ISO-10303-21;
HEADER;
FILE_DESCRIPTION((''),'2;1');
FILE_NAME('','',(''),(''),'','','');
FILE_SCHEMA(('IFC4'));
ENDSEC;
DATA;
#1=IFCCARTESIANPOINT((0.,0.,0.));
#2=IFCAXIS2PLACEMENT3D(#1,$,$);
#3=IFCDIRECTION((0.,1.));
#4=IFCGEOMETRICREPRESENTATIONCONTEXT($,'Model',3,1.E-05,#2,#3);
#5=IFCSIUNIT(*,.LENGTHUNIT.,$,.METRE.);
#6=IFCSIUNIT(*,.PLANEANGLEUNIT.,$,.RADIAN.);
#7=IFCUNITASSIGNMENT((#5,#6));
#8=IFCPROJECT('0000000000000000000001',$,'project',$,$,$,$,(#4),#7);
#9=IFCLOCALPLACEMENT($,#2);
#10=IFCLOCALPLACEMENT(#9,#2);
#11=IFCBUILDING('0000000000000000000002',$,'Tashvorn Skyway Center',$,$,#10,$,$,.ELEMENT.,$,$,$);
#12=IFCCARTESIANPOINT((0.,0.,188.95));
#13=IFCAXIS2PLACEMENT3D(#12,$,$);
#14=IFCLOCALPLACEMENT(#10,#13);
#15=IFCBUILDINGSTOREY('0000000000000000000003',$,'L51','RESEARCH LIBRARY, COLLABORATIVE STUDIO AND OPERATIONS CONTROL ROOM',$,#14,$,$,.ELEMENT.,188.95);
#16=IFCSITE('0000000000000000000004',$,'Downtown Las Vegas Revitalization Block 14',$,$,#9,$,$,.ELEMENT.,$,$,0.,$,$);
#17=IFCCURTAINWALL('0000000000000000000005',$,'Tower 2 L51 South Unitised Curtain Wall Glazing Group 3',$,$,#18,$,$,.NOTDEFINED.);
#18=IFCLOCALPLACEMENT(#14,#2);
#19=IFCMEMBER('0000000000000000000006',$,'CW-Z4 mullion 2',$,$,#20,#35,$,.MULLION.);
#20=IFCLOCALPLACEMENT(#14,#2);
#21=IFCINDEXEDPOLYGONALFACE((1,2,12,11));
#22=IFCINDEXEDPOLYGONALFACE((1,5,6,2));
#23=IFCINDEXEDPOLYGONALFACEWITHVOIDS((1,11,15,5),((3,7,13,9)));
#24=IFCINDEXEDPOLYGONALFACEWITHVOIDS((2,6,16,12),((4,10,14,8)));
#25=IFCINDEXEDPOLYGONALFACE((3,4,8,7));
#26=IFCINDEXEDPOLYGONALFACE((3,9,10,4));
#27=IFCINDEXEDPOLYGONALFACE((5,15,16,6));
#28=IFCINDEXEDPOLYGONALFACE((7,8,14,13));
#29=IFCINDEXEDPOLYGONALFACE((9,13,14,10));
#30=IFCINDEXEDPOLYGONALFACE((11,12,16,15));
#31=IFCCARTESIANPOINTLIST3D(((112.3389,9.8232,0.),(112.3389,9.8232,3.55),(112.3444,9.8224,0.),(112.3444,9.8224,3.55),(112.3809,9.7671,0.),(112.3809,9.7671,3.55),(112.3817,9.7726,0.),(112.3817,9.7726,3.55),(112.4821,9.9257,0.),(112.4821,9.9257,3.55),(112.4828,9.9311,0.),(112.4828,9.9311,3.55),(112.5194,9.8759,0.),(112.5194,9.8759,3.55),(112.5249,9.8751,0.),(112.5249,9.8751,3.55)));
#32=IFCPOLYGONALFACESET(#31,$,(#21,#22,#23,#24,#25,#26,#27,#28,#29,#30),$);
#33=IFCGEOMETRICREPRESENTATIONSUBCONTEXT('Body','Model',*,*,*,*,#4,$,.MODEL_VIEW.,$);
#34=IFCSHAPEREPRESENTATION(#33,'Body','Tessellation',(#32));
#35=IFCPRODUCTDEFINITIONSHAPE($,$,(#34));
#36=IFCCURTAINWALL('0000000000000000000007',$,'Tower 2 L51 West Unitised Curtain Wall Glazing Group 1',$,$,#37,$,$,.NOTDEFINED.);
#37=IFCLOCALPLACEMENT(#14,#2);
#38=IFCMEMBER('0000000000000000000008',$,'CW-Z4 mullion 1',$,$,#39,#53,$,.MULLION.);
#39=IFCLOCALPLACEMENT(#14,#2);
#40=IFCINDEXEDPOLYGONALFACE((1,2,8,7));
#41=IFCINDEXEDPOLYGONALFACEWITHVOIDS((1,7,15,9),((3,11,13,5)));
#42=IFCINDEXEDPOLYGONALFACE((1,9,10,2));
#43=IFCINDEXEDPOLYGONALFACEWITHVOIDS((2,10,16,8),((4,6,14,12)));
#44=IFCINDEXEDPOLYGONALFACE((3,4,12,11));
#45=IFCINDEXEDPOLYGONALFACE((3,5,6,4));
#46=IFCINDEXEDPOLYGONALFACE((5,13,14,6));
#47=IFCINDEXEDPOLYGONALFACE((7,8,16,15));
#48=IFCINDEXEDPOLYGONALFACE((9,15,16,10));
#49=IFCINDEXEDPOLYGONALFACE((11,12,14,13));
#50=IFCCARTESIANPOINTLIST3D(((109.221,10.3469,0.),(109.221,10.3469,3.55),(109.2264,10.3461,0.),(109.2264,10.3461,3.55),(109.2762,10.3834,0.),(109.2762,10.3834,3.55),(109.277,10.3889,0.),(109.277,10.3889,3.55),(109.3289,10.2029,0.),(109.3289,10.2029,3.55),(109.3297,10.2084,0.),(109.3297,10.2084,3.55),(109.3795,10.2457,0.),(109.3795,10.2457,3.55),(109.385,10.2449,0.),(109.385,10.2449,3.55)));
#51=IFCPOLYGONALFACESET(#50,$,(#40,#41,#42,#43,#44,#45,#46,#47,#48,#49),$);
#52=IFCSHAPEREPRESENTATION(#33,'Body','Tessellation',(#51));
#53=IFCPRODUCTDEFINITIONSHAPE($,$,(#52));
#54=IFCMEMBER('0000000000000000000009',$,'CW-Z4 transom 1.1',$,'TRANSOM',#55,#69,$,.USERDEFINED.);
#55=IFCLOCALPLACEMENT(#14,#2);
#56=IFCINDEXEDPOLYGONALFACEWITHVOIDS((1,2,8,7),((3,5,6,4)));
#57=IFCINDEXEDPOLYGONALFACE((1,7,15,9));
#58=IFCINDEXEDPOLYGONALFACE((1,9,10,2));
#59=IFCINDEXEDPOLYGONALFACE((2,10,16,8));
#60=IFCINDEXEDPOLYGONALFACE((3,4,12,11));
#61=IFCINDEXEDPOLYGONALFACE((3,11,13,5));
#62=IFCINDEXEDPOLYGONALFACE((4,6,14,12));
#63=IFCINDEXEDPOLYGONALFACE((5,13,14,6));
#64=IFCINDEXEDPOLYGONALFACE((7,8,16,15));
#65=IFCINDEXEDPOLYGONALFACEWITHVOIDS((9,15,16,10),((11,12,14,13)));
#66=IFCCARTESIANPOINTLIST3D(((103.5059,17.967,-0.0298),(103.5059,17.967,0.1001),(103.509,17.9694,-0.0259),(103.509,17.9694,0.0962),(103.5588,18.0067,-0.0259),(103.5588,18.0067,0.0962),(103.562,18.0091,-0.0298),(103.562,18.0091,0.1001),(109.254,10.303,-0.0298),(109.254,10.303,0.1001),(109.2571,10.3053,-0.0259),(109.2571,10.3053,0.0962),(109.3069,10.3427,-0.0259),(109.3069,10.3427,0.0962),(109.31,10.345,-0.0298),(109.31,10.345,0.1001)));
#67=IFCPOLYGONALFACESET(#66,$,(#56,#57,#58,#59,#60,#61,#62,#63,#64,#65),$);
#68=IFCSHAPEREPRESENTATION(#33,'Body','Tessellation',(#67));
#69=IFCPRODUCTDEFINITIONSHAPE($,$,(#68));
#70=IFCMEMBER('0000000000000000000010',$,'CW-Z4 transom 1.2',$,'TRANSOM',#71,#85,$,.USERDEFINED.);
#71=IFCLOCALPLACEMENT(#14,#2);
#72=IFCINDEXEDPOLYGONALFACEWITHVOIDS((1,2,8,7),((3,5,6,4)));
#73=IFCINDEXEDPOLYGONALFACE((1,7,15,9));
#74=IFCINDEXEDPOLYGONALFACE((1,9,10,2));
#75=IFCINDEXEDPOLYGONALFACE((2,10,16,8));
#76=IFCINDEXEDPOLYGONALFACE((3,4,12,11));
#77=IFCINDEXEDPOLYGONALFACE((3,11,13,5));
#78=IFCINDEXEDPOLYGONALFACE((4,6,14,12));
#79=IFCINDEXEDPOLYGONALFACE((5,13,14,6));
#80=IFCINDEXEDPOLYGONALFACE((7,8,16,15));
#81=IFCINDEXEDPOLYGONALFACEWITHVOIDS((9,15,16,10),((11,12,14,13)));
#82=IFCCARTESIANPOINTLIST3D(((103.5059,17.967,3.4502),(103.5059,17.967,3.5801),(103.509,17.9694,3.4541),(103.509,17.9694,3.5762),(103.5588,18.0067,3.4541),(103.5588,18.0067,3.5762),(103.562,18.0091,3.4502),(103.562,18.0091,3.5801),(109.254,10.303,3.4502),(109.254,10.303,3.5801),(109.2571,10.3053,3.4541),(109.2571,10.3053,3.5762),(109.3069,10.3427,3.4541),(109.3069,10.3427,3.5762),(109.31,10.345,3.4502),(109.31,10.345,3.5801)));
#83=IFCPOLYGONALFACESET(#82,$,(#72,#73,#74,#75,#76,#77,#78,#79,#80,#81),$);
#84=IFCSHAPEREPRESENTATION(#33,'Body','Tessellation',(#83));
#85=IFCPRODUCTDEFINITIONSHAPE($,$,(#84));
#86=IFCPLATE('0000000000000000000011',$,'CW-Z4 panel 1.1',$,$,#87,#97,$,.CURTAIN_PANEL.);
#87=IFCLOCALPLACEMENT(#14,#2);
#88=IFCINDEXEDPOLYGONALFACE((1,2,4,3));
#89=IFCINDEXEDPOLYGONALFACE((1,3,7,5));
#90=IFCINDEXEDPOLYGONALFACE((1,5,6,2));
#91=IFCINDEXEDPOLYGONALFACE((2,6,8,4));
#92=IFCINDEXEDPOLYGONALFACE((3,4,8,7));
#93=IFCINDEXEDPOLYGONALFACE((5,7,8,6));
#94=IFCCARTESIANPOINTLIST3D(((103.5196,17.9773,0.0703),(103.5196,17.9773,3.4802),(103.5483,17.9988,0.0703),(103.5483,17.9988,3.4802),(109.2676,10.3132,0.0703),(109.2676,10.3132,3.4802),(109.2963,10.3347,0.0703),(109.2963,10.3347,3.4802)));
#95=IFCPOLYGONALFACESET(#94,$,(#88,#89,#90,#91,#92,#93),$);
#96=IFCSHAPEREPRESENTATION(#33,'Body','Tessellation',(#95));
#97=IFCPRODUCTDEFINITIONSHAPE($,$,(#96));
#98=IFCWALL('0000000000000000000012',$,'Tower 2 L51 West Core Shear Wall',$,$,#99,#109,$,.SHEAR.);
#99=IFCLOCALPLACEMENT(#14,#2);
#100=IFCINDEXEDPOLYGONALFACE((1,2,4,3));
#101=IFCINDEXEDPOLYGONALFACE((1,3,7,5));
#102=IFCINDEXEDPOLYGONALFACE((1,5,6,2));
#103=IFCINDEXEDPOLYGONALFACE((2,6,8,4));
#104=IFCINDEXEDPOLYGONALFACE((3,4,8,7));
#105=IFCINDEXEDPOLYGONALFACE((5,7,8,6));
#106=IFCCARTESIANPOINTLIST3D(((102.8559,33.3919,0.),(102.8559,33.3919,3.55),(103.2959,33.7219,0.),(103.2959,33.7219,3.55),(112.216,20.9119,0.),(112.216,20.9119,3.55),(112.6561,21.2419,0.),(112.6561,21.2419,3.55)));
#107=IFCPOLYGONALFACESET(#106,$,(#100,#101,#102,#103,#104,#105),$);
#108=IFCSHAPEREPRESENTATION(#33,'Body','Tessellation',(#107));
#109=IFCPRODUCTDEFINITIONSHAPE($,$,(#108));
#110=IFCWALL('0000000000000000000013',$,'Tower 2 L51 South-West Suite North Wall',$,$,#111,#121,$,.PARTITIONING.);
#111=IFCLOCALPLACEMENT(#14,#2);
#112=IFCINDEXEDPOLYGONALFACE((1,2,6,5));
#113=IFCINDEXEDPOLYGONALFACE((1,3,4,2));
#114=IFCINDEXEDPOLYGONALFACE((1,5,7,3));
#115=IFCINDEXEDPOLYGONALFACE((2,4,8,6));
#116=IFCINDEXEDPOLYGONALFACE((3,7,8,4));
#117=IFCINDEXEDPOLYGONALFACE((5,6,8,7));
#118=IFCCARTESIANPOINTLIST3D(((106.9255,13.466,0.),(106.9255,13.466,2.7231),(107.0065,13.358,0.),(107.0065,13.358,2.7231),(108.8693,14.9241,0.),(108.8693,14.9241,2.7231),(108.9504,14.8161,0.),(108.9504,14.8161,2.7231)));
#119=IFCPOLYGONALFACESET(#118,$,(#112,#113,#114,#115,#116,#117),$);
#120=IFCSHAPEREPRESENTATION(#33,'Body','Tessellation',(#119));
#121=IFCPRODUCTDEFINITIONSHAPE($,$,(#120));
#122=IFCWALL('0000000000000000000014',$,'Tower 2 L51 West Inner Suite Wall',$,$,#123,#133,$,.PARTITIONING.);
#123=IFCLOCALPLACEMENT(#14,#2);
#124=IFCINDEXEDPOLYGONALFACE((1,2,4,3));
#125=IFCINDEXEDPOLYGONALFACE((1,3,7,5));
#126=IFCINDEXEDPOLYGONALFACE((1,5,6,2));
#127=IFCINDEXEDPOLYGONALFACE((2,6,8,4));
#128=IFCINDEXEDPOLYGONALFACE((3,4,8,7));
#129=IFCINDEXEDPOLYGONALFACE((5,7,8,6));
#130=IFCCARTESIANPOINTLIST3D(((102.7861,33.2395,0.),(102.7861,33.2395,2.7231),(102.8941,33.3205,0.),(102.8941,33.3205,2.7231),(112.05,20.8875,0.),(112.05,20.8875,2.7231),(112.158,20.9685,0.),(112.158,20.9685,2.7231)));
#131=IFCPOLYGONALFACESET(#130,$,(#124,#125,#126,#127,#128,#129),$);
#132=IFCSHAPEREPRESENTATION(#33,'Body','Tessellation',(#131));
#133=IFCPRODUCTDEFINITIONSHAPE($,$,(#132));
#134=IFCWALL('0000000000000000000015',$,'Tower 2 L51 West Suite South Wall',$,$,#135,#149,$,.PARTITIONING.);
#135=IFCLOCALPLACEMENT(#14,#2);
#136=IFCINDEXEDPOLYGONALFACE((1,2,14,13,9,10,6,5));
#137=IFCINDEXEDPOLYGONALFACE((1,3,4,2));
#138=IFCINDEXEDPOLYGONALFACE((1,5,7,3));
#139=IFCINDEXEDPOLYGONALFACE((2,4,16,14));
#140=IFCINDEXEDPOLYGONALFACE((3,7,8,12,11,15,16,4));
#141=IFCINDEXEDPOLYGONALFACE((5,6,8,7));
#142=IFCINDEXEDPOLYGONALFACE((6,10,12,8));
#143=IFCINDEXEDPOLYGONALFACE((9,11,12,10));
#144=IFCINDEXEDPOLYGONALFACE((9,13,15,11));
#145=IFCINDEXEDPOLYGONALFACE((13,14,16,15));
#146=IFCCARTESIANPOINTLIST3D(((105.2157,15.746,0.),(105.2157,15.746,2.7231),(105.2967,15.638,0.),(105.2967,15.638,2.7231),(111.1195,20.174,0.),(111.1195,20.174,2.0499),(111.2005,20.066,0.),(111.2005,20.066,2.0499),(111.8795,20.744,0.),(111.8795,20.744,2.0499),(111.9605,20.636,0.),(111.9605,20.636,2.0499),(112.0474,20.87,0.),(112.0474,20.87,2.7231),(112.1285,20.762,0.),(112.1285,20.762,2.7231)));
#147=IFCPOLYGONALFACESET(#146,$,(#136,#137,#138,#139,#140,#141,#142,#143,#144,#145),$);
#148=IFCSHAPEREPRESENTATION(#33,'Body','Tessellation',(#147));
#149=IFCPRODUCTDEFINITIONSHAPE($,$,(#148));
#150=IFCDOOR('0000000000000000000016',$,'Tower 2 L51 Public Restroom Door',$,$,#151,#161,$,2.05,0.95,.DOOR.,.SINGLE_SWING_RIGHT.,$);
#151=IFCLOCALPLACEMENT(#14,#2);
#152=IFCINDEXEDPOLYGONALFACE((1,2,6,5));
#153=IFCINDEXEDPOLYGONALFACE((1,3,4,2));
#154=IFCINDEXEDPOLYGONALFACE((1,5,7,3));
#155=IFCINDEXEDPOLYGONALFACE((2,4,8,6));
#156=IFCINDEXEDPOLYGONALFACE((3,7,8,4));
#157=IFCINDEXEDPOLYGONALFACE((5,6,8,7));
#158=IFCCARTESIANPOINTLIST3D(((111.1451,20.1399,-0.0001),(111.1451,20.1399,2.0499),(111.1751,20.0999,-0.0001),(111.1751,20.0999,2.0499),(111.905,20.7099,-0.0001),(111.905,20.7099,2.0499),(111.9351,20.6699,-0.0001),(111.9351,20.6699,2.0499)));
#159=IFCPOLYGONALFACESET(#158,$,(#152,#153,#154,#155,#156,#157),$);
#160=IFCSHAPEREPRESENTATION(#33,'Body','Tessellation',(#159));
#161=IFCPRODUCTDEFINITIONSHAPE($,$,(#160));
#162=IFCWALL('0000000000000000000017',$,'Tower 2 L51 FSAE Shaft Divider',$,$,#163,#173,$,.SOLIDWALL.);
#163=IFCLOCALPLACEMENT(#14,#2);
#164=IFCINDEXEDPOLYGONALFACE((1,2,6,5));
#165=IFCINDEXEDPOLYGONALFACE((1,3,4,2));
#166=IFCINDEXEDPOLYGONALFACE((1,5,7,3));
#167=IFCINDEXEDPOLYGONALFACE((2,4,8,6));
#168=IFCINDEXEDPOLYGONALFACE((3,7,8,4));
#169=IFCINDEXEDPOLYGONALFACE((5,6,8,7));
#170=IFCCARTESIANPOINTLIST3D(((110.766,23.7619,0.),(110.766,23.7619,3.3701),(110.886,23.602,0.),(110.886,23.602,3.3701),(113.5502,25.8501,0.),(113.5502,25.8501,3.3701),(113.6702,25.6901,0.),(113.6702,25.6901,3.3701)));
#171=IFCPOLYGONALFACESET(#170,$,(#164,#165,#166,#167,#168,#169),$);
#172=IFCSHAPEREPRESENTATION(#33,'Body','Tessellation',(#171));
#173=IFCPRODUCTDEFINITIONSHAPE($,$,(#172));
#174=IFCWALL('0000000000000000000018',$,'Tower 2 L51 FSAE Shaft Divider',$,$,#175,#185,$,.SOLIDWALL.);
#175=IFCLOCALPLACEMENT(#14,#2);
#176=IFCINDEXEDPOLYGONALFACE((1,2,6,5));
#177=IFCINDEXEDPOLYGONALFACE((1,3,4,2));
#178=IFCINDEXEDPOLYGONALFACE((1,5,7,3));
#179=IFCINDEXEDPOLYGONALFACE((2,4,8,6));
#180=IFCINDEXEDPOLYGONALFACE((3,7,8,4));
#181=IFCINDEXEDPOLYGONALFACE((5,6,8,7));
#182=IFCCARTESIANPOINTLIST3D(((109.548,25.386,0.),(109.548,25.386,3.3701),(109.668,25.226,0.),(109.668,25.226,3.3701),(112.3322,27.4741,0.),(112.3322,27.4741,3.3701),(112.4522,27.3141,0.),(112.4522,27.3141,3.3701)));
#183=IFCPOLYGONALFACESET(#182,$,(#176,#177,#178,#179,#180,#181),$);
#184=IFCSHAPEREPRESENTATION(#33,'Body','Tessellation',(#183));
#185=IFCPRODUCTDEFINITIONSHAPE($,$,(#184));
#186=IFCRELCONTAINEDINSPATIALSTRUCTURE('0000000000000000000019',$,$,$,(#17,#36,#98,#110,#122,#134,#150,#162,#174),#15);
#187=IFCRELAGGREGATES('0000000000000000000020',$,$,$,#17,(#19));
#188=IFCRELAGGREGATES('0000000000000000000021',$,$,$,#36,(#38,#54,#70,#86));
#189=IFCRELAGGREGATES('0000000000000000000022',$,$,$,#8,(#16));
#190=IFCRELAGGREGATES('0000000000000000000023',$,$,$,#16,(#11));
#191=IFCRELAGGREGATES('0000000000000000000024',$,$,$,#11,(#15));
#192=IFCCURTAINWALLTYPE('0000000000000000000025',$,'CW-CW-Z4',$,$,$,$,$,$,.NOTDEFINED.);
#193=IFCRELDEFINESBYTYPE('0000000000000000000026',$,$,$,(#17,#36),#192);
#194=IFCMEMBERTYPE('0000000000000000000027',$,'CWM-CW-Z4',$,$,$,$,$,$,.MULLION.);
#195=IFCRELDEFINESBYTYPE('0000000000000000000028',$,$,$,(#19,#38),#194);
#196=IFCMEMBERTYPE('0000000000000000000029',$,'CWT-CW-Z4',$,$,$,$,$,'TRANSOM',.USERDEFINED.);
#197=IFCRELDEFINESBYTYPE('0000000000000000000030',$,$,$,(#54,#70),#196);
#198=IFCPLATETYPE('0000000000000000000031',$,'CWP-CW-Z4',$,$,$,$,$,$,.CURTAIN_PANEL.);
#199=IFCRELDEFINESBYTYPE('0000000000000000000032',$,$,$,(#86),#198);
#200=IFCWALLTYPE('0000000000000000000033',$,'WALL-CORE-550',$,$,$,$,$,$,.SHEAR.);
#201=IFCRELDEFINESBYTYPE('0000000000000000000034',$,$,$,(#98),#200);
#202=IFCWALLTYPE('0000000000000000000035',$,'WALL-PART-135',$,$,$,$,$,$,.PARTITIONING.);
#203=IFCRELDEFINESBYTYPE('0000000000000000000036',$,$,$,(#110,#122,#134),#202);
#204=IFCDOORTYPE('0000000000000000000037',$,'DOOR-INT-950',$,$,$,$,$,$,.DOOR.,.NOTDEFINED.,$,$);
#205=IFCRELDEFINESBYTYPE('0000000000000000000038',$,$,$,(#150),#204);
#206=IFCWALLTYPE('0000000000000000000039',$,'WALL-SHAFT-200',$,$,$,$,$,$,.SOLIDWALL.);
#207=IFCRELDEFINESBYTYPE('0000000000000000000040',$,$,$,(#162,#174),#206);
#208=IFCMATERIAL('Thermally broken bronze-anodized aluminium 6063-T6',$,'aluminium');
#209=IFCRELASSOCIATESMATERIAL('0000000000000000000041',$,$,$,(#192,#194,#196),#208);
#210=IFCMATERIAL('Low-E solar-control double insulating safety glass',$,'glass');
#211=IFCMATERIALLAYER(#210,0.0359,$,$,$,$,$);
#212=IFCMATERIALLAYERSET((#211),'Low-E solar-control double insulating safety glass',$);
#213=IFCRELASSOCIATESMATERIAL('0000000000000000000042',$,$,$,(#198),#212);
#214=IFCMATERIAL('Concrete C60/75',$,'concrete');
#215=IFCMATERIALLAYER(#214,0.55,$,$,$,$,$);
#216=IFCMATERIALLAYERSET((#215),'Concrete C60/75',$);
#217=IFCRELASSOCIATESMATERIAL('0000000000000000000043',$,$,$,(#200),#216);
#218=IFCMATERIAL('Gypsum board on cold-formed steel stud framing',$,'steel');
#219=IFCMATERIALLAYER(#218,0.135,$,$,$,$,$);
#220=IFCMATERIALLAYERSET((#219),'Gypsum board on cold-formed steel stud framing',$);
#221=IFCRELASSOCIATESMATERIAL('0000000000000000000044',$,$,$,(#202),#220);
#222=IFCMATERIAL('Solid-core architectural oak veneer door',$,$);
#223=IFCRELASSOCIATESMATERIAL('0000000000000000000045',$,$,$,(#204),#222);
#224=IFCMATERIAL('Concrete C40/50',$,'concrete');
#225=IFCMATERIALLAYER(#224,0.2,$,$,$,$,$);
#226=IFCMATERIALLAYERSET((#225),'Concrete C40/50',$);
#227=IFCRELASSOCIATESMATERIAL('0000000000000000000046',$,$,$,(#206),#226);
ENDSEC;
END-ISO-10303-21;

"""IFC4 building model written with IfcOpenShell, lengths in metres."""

from ifc_helpers import new_model, si_unit, direction, frame, frame_2d, origin, origin_2d, place, context, subcontext, project, spatial, rectangle, hollow_rectangle, extrude, material, layer, layer_set, material_profile, profile_set, type_object, element, fill, aggregate, save


model = new_model("IFC4")

# Units and contexts
model_context = context("Model", 3, precision=1e-05, world=origin(), true_north=direction((0.0, 1.0)))
body_context = subcontext(model_context, "Body", "Model", "MODEL_VIEW")
ifc_project = project(units=[si_unit("LENGTHUNIT", "METRE"), si_unit("PLANEANGLEUNIT", "RADIAN")], contexts=[model_context])

# Site, building, storey
site_placement = place(None, origin())
site = spatial("IfcSite", under=ifc_project, at=site_placement, Name="Downtown Las Vegas Revitalization Block 14", CompositionType="ELEMENT", RefElevation=0.0)
building_placement = place(site_placement, origin())
building = spatial("IfcBuilding", under=site, at=building_placement, Name="Tashvorn Skyway Center", CompositionType="ELEMENT")
storey_placement = place(building_placement, frame((0.0, 0.0, 188.95)))
storey = spatial("IfcBuildingStorey", under=building, at=storey_placement, Name="L51", Description="RESEARCH LIBRARY, COLLABORATIVE STUDIO AND OPERATIONS CONTROL ROOM", CompositionType="ELEMENT", Elevation=188.95)

# Shared definitions
ifc_material_1 = material(Name="Concrete C60/75", Category="concrete")

# Curtain wall, member
ifc_material_2 = material(Name="Thermally broken bronze-anodized aluminium 6063-T6", Category="aluminium")
curtain_wall_type = type_object("IfcCurtainWallType", Name="CW-CW-Z4", PredefinedType="NOTDEFINED", material=ifc_material_2)
curtain_wall_1_placement = place(storey_placement, origin())
curtain_wall_1 = element("IfcCurtainWall", 1, at=curtain_wall_1_placement, inside=storey, type_object=curtain_wall_type, Name="Tower 2 L51 South Unitised Curtain Wall Glazing Group 3", PredefinedType="NOTDEFINED")
ifc_material_profile_1 = material_profile(ifc_material_2, hollow_rectangle(XDim=0.0701, YDim=0.1799, WallThickness=0.0039, at=origin_2d()), Name="ALU-MULL-70x180")
ifc_profile_set_1 = profile_set([ifc_material_profile_1], Name="Thermally broken bronze-anodized aluminium 6063-T6")
member_type_1 = type_object("IfcMemberType", Name="CWM-CW-Z4", PredefinedType="MULLION", material=ifc_profile_set_1)
member_1_placement = place(storey_placement, frame((112.4319, 9.8491, 0.0), z_axis=(0.0, 0.0, 1.0), x_axis=(0.6, -0.8, 0.0)))
member_1 = element("IfcMember", 2, at=member_1_placement, type_object=member_type_1, Name="CW-Z4 mullion 2", PredefinedType="MULLION", context=body_context, shape_type="SweptSolid", body=[
    extrude(hollow_rectangle(XDim=0.0701, YDim=0.1799, WallThickness=0.0039, at=origin_2d()), origin(), (0.0, 0.0, 1.0), 3.55),
])
aggregate(curtain_wall_1, [member_1])

# Curtain wall, members, plate
curtain_wall_2_placement = place(storey_placement, origin())
curtain_wall_2 = element("IfcCurtainWall", 3, at=curtain_wall_2_placement, inside=storey, type_object=curtain_wall_type, Name="Tower 2 L51 West Unitised Curtain Wall Glazing Group 1", PredefinedType="NOTDEFINED")
member_2_placement = place(storey_placement, frame((109.303, 10.2959, 0.0), z_axis=(0.0, 0.0, 1.0), x_axis=(-0.8, -0.6, 0.0)))
member_2 = element("IfcMember", 4, at=member_2_placement, type_object=member_type_1, Name="CW-Z4 mullion 1", PredefinedType="MULLION", context=body_context, shape_type="SweptSolid", body=[
    extrude(hollow_rectangle(XDim=0.0701, YDim=0.1799, WallThickness=0.0039, at=origin_2d()), origin(), (0.0, 0.0, 1.0), 3.55),
])
ifc_material_profile_2 = material_profile(ifc_material_2, hollow_rectangle(XDim=0.0701, YDim=0.1299, WallThickness=0.0039, at=origin_2d()), Name="ALU-TRAN-70x130")
ifc_profile_set_2 = profile_set([ifc_material_profile_2], Name="Thermally broken bronze-anodized aluminium 6063-T6")
member_type_2 = type_object("IfcMemberType", Name="CWT-CW-Z4", ElementType="TRANSOM", PredefinedType="USERDEFINED", material=ifc_profile_set_2)
member_3_placement = place(storey_placement, frame((109.282, 10.324, 0.0352), z_axis=(-0.6, 0.8, 0.0), x_axis=(-0.8, -0.6, 0.0)))
member_3 = element("IfcMember", 5, at=member_3_placement, type_object=member_type_2, Name="CW-Z4 transom 1.1", ObjectType="TRANSOM", PredefinedType="USERDEFINED", context=body_context, shape_type="SweptSolid", body=[
    extrude(hollow_rectangle(XDim=0.0701, YDim=0.1299, WallThickness=0.0039, at=origin_2d()), origin(), (0.0, 0.0, 1.0), 9.5801),
])
member_4_placement = place(storey_placement, frame((109.282, 10.324, 3.5151), z_axis=(-0.6, 0.8, 0.0), x_axis=(-0.8, -0.6, 0.0)))
member_4 = element("IfcMember", 6, at=member_4_placement, type_object=member_type_2, Name="CW-Z4 transom 1.2", ObjectType="TRANSOM", PredefinedType="USERDEFINED", context=body_context, shape_type="SweptSolid", body=[
    extrude(hollow_rectangle(XDim=0.0701, YDim=0.1299, WallThickness=0.0039, at=origin_2d()), origin(), (0.0, 0.0, 1.0), 9.5801),
])
ifc_material_3 = material(Name="Low-E solar-control double insulating safety glass", Category="glass")
ifc_layer_1 = layer(ifc_material_3, 0.0359)
ifc_layer_set_1 = layer_set([ifc_layer_1], Name="Low-E solar-control double insulating safety glass")
plate_type = type_object("IfcPlateType", Name="CWP-CW-Z4", PredefinedType="CURTAIN_PANEL", material=ifc_layer_set_1)
plate_placement = place(storey_placement, frame((106.408, 14.156, 0.0703), z_axis=(0.0, 0.0, 1.0), x_axis=(-0.6, 0.8, 0.0)))
plate = element("IfcPlate", 7, at=plate_placement, type_object=plate_type, Name="CW-Z4 panel 1.1", PredefinedType="CURTAIN_PANEL", context=body_context, shape_type="SweptSolid", body=[
    extrude(rectangle(XDim=9.5801, YDim=0.0359, at=origin_2d()), origin(), (0.0, 0.0, 1.0), 3.4099),
])
aggregate(curtain_wall_2, [member_2, member_3, member_4, plate])

# Walls
ifc_layer_2 = layer(ifc_material_1, 0.55)
ifc_layer_set_2 = layer_set([ifc_layer_2], Name="Concrete C60/75")
wall_type_1 = type_object("IfcWallType", Name="WALL-CORE-550", PredefinedType="SHEAR", material=ifc_layer_set_2)
wall_1_placement = place(storey_placement, frame((112.436, 21.0769, 0.0), z_axis=(0.0, 0.0, 1.0), x_axis=(-0.600005, 0.799996, 0.0)))
element("IfcWall", 8, at=wall_1_placement, inside=storey, type_object=wall_type_1, Name="Tower 2 L51 West Core Shear Wall", PredefinedType="SHEAR", context=body_context, shape_type="SweptSolid", body=[
    extrude(rectangle(XDim=15.6001, YDim=0.55, at=frame_2d((7.8, 0.0))), origin(), (0.0, 0.0, 1.0), 3.55),
])
ifc_material_4 = material(Name="Gypsum board on cold-formed steel stud framing", Category="steel")
ifc_layer_3 = layer(ifc_material_4, 0.135)
ifc_layer_set_3 = layer_set([ifc_layer_3], Name="Gypsum board on cold-formed steel stud framing")
wall_type_2 = type_object("IfcWallType", Name="WALL-PART-135", PredefinedType="PARTITIONING", material=ifc_layer_set_3)
wall_2_placement = place(storey_placement, frame((106.9661, 13.4121, 0.0), z_axis=(0.0, 0.0, 1.0), x_axis=(0.799976, 0.600032, 0.0)))
element("IfcWall", 9, at=wall_2_placement, inside=storey, type_object=wall_type_2, Name="Tower 2 L51 South-West Suite North Wall", PredefinedType="PARTITIONING", context=body_context, shape_type="SweptSolid", body=[
    extrude(rectangle(XDim=2.4299, YDim=0.135, at=frame_2d((1.2148, 0.0))), origin(), (0.0, 0.0, 1.0), 2.7231),
])
wall_3_placement = place(storey_placement, frame((112.104, 20.928, 0.0), z_axis=(0.0, 0.0, 1.0), x_axis=(-0.599995, 0.800004, 0.0)))
element("IfcWall", 10, at=wall_3_placement, inside=storey, type_object=wall_type_2, Name="Tower 2 L51 West Inner Suite Wall", PredefinedType="PARTITIONING", context=body_context, shape_type="SweptSolid", body=[
    extrude(rectangle(XDim=15.4399, YDim=0.135, at=frame_2d((7.72, 0.0))), origin(), (0.0, 0.0, 1.0), 2.7231),
])

# Wall, opening, door
wall_4_placement = place(storey_placement, frame((105.2561, 15.6919, 0.0), z_axis=(0.0, 0.0, 1.0), x_axis=(0.79999, 0.600014, 0.0)))
wall_4 = element("IfcWall", 11, at=wall_4_placement, inside=storey, type_object=wall_type_2, Name="Tower 2 L51 West Suite South Wall", PredefinedType="PARTITIONING", context=body_context, shape_type="SweptSolid", body=[
    extrude(rectangle(XDim=8.5398, YDim=0.135, at=frame_2d((4.27, 0.0))), origin(), (0.0, 0.0, 1.0), 2.7231),
])
opening_1_placement = place(wall_4_placement, frame((7.3799, 0.0, 0.0)))
opening_1 = element("IfcOpeningElement", 12, at=opening_1_placement, cuts=wall_4, PredefinedType="OPENING", context=body_context, shape_type="SweptSolid", body=[
    extrude(rectangle(XDim=0.95, YDim=2.05, at=frame_2d((0.4751, 1.0249))), frame((0.0, 0.0774, 0.0), z_axis=(0.0, -1.0, 0.0), x_axis=(1.0, 0.0, 0.0)), (0.0, 0.0, 1.0), 0.155),
])
ifc_material_5 = material(Name="Solid-core architectural oak veneer door")
door_type_1 = type_object("IfcDoorType", Name="DOOR-INT-950", OperationType="NOTDEFINED", PredefinedType="DOOR", material=ifc_material_5)
door_1_placement = place(opening_1_placement, origin())
door_1 = element("IfcDoor", 13, at=door_1_placement, inside=storey, type_object=door_type_1, Name="Tower 2 L51 Public Restroom Door", OperationType="SINGLE_SWING_RIGHT", OverallHeight=2.05, OverallWidth=0.95, PredefinedType="DOOR", context=body_context, shape_type="SweptSolid", body=[
    extrude(rectangle(XDim=0.95, YDim=2.05, at=frame_2d((0.4751, 1.0249))), frame((0.0, 0.0249, 0.0), z_axis=(0.0, -1.0, 0.0), x_axis=(1.0, 0.0, 0.0)), (0.0, 0.0, 1.0), 0.05),
])
fill(opening_1, door_1)

# Walls
ifc_material_6 = material(Name="Concrete C40/50", Category="concrete")
ifc_layer_4 = layer(ifc_material_6, 0.2)
ifc_layer_set_4 = layer_set([ifc_layer_4], Name="Concrete C40/50")
wall_type_3 = type_object("IfcWallType", Name="WALL-SHAFT-200", PredefinedType="SOLIDWALL", material=ifc_layer_set_4)
for number, where, z_axis, x_axis, name in (
    (14, (110.8259, 23.6819, 0.0), (0.0, 0.0, 1.0), (0.8, 0.6, 0.0), "Tower 2 L51 FSAE Shaft Divider"),
    (15, (109.6079, 25.3059, 0.0), (0.0, 0.0, 1.0), (0.8, 0.6, 0.0), "Tower 2 L51 FSAE Shaft Divider"),
):
    element("IfcWall", number, at=place(storey_placement, frame(where, z_axis=z_axis, x_axis=x_axis)), inside=storey, type_object=wall_type_3, Name=name, PredefinedType="SOLIDWALL", context=body_context, shape_type="SweptSolid", body=[
        extrude(rectangle(XDim=3.4802, YDim=0.2, at=frame_2d((1.7402, 0.0))), origin(), (0.0, 0.0, 1.0), 3.3701),
    ])

save(model, "model.ifc")
